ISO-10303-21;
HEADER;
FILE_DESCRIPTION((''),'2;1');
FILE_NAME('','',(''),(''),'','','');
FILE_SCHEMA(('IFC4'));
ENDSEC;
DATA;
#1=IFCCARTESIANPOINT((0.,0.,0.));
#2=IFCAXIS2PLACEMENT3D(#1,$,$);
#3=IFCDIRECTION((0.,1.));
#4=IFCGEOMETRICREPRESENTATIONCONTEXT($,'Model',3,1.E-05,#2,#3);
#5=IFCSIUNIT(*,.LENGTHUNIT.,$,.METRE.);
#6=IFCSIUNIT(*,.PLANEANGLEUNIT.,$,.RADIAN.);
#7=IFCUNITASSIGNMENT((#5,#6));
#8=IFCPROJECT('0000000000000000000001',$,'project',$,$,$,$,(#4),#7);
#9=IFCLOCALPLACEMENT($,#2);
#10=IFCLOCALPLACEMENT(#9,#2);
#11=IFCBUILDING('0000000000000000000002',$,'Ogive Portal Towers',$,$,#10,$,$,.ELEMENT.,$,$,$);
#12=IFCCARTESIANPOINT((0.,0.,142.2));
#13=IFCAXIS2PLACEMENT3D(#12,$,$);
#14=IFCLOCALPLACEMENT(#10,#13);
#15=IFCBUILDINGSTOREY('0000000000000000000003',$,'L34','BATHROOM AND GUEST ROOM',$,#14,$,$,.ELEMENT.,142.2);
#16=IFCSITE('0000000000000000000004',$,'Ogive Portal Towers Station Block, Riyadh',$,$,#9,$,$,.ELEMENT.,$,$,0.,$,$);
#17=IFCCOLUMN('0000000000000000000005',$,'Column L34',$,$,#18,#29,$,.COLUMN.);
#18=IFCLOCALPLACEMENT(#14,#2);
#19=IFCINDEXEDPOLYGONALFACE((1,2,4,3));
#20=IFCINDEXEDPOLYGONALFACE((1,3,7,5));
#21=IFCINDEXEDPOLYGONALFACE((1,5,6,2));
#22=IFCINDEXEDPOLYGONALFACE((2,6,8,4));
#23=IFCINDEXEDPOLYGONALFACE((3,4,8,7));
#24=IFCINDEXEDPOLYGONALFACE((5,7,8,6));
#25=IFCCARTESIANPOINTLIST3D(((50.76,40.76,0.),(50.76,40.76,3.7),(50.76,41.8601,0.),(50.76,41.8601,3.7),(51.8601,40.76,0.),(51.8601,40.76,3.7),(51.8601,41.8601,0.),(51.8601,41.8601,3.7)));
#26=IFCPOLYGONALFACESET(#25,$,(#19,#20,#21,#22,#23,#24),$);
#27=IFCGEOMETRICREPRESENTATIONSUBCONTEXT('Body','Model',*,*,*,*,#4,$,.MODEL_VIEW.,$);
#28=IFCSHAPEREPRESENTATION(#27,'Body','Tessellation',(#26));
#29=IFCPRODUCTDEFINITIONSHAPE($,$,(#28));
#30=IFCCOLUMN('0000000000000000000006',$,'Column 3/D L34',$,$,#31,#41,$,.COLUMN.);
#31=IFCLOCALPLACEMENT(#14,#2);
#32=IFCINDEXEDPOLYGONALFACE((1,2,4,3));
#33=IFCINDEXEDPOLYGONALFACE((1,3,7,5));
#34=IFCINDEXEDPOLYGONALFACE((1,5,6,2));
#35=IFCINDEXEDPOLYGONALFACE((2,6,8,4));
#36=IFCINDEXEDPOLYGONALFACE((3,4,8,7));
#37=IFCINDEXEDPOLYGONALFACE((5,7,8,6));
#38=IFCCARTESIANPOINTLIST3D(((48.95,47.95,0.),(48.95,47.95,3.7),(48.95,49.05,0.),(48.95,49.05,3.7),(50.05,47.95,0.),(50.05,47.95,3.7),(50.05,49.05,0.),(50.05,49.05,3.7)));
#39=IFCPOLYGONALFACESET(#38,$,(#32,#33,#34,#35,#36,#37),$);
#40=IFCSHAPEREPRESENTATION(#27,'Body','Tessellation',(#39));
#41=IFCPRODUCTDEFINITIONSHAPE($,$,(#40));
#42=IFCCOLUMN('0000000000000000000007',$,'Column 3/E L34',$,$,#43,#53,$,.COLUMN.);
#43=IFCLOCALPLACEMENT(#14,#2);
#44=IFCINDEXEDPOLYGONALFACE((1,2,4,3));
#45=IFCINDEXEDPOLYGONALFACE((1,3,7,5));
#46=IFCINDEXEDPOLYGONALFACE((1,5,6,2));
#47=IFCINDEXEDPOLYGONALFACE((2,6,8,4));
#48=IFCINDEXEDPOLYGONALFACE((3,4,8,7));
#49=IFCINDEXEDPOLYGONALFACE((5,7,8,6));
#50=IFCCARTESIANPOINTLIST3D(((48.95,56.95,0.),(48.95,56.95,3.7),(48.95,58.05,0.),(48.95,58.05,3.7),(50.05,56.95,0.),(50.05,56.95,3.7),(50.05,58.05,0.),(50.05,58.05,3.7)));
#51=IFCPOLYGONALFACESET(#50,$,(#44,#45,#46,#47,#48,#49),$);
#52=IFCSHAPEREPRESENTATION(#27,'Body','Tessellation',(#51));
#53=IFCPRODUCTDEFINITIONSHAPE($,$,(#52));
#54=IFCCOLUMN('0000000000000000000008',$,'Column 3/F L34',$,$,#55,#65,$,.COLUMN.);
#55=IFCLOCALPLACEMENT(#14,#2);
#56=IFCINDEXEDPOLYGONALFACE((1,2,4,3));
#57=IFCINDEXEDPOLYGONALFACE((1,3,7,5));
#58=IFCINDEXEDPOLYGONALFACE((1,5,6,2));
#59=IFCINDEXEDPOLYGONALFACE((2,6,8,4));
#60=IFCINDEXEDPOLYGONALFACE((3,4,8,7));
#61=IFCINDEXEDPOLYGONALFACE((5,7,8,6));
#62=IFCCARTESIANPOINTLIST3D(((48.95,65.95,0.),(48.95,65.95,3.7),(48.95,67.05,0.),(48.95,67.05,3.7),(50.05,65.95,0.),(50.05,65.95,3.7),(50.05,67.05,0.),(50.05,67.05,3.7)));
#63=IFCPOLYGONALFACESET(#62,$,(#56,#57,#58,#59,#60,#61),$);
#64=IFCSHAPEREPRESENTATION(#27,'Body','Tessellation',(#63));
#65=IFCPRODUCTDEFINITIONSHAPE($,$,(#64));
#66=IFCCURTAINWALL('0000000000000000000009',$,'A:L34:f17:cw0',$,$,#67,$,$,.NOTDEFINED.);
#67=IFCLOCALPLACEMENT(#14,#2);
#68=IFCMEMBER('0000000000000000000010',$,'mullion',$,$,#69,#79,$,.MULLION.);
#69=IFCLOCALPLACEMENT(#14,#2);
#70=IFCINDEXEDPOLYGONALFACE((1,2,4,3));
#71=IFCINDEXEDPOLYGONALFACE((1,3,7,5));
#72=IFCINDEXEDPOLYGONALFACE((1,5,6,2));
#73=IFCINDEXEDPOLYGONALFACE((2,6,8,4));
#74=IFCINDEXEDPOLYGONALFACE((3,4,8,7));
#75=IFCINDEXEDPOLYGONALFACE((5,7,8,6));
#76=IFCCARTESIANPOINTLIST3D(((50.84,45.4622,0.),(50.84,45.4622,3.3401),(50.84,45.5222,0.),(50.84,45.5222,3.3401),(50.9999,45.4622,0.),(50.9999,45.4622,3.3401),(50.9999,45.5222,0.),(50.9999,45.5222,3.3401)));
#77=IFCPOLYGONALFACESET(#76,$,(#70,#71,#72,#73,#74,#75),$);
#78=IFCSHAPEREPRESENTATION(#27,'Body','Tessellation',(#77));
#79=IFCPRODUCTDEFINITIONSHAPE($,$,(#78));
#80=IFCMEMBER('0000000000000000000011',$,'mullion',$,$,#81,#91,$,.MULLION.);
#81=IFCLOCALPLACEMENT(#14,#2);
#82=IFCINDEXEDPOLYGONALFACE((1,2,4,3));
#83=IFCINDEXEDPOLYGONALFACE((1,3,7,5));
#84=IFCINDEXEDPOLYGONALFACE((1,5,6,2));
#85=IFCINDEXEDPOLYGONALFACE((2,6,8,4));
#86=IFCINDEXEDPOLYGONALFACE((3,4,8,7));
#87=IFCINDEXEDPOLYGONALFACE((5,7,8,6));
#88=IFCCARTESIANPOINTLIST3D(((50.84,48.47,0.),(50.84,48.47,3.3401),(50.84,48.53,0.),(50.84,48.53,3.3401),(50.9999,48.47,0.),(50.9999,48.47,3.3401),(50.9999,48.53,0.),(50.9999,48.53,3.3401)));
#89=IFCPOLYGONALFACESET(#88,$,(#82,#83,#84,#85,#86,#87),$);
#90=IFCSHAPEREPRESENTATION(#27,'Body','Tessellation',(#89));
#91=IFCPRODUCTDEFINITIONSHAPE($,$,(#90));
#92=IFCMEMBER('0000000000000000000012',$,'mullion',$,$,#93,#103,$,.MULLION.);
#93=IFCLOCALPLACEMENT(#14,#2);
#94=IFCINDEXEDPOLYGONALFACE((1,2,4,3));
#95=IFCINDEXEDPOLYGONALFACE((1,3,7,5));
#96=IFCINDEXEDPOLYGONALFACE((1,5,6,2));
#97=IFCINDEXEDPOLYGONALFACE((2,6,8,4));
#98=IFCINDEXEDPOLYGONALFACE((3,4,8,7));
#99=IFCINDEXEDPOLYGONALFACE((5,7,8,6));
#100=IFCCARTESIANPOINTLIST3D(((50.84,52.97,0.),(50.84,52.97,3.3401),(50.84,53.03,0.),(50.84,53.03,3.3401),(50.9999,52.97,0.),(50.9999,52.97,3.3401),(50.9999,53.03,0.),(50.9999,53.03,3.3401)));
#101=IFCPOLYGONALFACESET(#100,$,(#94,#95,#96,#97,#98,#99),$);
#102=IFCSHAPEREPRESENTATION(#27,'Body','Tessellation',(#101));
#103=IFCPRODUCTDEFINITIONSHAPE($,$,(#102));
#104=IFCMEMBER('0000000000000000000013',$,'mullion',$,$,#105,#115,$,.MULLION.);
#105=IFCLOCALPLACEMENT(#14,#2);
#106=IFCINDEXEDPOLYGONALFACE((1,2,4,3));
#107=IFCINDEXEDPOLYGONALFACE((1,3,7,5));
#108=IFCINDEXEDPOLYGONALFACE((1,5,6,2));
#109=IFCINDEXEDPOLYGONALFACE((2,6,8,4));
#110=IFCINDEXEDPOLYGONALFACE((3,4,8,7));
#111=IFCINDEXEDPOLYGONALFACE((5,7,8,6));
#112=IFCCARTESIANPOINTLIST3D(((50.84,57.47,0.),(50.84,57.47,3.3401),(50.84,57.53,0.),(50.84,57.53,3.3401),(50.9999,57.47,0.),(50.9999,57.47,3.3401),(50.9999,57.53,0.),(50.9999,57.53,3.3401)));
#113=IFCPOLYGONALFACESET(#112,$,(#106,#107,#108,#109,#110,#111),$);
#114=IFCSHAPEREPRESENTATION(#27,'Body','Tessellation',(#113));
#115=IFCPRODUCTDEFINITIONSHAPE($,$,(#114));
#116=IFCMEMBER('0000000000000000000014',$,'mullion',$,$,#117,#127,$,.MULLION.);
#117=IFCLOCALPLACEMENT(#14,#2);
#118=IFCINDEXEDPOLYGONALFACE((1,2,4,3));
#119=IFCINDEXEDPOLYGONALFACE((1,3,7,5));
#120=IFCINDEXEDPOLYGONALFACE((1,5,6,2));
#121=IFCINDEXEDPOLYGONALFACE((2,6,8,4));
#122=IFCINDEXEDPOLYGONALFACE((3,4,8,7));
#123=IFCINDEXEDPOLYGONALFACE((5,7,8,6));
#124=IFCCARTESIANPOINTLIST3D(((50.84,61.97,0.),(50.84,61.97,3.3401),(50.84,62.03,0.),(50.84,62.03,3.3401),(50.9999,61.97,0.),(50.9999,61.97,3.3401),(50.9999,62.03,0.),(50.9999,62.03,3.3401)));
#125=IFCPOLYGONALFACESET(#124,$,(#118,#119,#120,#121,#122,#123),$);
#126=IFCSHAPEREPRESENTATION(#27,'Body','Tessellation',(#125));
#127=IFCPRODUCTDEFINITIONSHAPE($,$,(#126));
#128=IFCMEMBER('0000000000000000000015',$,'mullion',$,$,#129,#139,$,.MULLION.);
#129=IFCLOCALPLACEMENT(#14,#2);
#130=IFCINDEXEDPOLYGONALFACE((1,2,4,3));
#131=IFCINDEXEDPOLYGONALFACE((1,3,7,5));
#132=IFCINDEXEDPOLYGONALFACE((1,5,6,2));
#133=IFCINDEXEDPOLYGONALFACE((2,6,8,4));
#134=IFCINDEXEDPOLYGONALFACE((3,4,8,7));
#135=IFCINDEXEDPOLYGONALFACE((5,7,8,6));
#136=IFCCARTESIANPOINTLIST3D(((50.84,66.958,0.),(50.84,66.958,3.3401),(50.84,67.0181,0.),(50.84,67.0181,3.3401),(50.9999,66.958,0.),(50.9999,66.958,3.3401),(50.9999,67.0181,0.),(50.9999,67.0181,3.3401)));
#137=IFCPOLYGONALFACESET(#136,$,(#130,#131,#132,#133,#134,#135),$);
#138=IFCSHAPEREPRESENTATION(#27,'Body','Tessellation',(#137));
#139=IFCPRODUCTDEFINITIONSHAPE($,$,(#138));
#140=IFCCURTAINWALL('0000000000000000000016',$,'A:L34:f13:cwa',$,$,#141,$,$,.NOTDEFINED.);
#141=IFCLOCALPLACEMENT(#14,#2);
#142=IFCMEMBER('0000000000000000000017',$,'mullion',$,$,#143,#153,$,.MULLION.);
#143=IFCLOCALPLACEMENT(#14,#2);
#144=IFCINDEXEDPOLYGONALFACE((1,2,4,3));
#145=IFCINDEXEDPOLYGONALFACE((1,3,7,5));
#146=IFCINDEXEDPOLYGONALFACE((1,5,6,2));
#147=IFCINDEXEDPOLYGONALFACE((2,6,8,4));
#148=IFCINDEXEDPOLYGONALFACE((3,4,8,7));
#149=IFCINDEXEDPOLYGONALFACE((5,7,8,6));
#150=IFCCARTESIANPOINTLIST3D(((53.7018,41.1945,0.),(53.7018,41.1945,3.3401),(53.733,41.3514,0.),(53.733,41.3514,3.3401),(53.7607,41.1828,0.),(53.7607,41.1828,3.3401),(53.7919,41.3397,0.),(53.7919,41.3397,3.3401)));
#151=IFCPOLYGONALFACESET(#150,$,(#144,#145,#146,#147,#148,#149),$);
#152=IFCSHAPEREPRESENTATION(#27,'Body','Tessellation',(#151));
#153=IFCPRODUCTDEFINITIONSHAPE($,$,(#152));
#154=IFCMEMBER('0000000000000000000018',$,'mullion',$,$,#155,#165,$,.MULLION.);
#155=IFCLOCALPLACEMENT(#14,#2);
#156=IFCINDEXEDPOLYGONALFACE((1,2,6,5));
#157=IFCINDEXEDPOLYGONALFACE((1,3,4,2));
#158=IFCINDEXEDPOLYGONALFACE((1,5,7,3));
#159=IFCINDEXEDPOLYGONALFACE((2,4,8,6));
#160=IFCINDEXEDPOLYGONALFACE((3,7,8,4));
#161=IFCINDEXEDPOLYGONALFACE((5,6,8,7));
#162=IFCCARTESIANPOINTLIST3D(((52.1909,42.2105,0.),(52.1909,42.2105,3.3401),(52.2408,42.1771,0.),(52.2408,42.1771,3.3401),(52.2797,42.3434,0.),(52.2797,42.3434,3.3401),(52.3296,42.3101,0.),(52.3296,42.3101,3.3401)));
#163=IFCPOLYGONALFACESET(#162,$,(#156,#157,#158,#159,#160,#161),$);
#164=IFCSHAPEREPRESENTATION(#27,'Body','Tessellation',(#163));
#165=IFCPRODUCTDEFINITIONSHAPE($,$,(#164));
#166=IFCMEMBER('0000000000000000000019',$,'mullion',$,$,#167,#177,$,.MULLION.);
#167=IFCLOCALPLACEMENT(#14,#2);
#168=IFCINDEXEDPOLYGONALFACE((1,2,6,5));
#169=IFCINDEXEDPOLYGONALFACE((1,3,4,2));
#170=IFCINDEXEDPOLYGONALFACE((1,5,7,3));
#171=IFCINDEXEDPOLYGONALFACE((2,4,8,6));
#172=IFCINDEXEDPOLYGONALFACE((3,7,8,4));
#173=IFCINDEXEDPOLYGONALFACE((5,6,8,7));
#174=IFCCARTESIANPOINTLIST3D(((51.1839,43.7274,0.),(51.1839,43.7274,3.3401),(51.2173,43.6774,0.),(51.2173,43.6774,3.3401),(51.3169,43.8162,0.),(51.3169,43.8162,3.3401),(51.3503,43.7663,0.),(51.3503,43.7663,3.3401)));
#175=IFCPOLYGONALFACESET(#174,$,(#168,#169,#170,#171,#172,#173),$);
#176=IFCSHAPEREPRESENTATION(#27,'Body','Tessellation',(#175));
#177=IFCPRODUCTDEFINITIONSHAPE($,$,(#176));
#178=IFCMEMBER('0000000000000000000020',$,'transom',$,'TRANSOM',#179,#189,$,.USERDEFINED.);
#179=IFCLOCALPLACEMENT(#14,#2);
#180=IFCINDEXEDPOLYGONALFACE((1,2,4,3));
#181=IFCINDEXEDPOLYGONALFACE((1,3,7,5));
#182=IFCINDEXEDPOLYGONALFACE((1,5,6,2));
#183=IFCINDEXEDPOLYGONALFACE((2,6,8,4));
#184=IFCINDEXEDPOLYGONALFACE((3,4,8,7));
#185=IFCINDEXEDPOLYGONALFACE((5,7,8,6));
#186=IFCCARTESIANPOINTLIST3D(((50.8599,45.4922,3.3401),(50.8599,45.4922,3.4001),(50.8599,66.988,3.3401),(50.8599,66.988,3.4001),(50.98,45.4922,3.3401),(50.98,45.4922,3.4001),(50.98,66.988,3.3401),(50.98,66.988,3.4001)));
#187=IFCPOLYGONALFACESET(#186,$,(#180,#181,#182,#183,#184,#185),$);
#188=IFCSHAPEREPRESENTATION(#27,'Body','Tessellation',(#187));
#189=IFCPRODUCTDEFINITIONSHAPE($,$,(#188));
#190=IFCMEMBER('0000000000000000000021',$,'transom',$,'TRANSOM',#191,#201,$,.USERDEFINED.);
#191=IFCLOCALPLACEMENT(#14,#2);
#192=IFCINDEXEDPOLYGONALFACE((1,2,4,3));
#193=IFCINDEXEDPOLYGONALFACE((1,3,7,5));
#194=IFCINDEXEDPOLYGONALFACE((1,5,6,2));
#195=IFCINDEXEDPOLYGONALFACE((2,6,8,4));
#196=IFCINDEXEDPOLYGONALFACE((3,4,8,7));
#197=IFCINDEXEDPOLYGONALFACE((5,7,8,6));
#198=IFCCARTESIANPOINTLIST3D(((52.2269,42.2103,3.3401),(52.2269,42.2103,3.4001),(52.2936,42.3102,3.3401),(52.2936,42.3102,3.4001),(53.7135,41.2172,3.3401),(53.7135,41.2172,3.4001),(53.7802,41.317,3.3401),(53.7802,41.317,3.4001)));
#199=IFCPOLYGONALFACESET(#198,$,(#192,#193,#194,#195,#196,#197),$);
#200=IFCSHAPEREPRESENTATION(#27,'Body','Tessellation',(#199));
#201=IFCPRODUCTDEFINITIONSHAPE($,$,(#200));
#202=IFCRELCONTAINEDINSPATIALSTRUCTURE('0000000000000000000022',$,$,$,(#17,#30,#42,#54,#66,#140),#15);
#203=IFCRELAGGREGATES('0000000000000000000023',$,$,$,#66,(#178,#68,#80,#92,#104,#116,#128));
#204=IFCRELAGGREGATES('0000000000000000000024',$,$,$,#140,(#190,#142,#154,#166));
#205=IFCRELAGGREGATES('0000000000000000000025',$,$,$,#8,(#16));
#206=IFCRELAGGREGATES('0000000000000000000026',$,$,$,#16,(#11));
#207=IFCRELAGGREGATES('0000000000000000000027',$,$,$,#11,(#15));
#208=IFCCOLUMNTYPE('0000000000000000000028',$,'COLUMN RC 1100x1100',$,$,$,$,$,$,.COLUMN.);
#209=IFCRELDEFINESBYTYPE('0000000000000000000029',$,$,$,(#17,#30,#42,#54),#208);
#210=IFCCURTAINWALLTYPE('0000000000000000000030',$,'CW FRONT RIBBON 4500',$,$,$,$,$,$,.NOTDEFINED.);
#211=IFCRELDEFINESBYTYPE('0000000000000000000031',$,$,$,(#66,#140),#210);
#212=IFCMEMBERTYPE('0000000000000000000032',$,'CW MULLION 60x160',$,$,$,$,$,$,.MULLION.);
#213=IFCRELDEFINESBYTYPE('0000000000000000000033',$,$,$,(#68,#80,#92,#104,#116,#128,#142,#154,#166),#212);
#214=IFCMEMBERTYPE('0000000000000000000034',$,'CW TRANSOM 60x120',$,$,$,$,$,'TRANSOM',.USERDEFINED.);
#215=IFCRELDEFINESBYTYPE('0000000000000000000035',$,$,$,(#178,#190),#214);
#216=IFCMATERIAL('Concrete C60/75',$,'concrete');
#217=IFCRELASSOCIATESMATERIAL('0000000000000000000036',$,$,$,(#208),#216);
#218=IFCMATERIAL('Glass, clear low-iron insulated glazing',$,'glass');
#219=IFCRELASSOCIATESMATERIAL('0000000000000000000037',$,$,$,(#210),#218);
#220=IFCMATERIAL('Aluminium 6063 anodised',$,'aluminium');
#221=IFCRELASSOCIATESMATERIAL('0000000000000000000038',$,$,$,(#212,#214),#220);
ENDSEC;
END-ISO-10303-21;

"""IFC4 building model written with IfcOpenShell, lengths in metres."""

from ifc_helpers import new_model, si_unit, direction, frame, origin, origin_2d, place, context, subcontext, project, spatial, rectangle, extrude, material, material_profile, profile_set, type_object, element, aggregate, save


model = new_model("IFC4")

# Units and contexts
model_context = context("Model", 3, precision=1e-05, world=origin(), true_north=direction((0.0, 1.0)))
body_context = subcontext(model_context, "Body", "Model", "MODEL_VIEW")
ifc_project = project(units=[si_unit("LENGTHUNIT", "METRE"), si_unit("PLANEANGLEUNIT", "RADIAN")], contexts=[model_context])

# Site, building, storey
site_placement = place(None, origin())
site = spatial("IfcSite", under=ifc_project, at=site_placement, Name="Ogive Portal Towers Station Block, Riyadh", CompositionType="ELEMENT", RefElevation=0.0)
building_placement = place(site_placement, origin())
building = spatial("IfcBuilding", under=site, at=building_placement, Name="Ogive Portal Towers", CompositionType="ELEMENT")
storey_placement = place(building_placement, frame((0.0, 0.0, 142.2)))
storey = spatial("IfcBuildingStorey", under=building, at=storey_placement, Name="L34", Description="BATHROOM AND GUEST ROOM", CompositionType="ELEMENT", Elevation=142.2)

# Columns
ifc_material_1 = material(Name="Concrete C60/75", Category="concrete")
ifc_material_profile_1 = material_profile(ifc_material_1, rectangle(XDim=1.1001, YDim=1.1001, at=origin_2d()), Name="RC 1100x1100")
ifc_profile_set_1 = profile_set([ifc_material_profile_1], Name="Concrete C60/75")
column_type = type_object("IfcColumnType", Name="COLUMN RC 1100x1100", PredefinedType="COLUMN", material=ifc_profile_set_1)
for number, where, z_axis, x_axis, name in (
    (1, (51.3101, 41.3101, 0.0), (0.0, 0.0, 1.0), (1.0, 0.0, 0.0), "Column L34"),
    (2, (49.5, 48.5, 0.0), (0.0, 0.0, 1.0), (1.0, 0.0, 0.0), "Column 3/D L34"),
    (3, (49.5, 57.5, 0.0), (0.0, 0.0, 1.0), (1.0, 0.0, 0.0), "Column 3/E L34"),
    (4, (49.5, 66.5, 0.0), (0.0, 0.0, 1.0), (1.0, 0.0, 0.0), "Column 3/F L34"),
):
    element("IfcColumn", number, at=place(storey_placement, frame(where, z_axis=z_axis, x_axis=x_axis)), inside=storey, type_object=column_type, Name=name, PredefinedType="COLUMN", context=body_context, shape_type="SweptSolid", body=[
        extrude(rectangle(XDim=1.1001, YDim=1.1001, at=origin_2d()), origin(), (0.0, 0.0, 1.0), 3.7),
    ])

# Curtain walls, members
ifc_material_2 = material(Name="Glass, clear low-iron insulated glazing", Category="glass")
curtain_wall_type = type_object("IfcCurtainWallType", Name="CW FRONT RIBBON 4500", PredefinedType="NOTDEFINED", material=ifc_material_2)
curtain_wall_1_placement = place(storey_placement, origin())
curtain_wall_1 = element("IfcCurtainWall", 5, at=curtain_wall_1_placement, inside=storey, type_object=curtain_wall_type, Name="A:L34:f17:cw0", PredefinedType="NOTDEFINED")
ifc_material_3 = material(Name="Aluminium 6063 anodised", Category="aluminium")
ifc_material_profile_2 = material_profile(ifc_material_3, rectangle(XDim=0.1599, YDim=0.0601, at=origin_2d()), Name="AL 60x160")
ifc_profile_set_2 = profile_set([ifc_material_profile_2], Name="Aluminium 6063 anodised")
member_type_1 = type_object("IfcMemberType", Name="CW MULLION 60x160", PredefinedType="MULLION", material=ifc_profile_set_2)
member_1_placement = place(storey_placement, frame((50.9199, 45.4922, 0.0), z_axis=(0.0, 0.0, 1.0), x_axis=(-1.0, 0.0, 0.0)))
member_1 = element("IfcMember", 6, at=member_1_placement, type_object=member_type_1, Name="mullion", PredefinedType="MULLION", context=body_context, shape_type="SweptSolid", body=[
    extrude(rectangle(XDim=0.1599, YDim=0.0601, at=origin_2d()), origin(), (0.0, 0.0, 1.0), 3.3401),
])
member_2_placement = place(storey_placement, frame((50.9199, 48.5, 0.0), z_axis=(0.0, 0.0, 1.0), x_axis=(-1.0, 0.0, 0.0)))
member_2 = element("IfcMember", 7, at=member_2_placement, type_object=member_type_1, Name="mullion", PredefinedType="MULLION", context=body_context, shape_type="SweptSolid", body=[
    extrude(rectangle(XDim=0.1599, YDim=0.0601, at=origin_2d()), origin(), (0.0, 0.0, 1.0), 3.3401),
])
member_3_placement = place(storey_placement, frame((50.9199, 53.0, 0.0), z_axis=(0.0, 0.0, 1.0), x_axis=(-1.0, 0.0, 0.0)))
member_3 = element("IfcMember", 8, at=member_3_placement, type_object=member_type_1, Name="mullion", PredefinedType="MULLION", context=body_context, shape_type="SweptSolid", body=[
    extrude(rectangle(XDim=0.1599, YDim=0.0601, at=origin_2d()), origin(), (0.0, 0.0, 1.0), 3.3401),
])
member_4_placement = place(storey_placement, frame((50.9199, 57.5, 0.0), z_axis=(0.0, 0.0, 1.0), x_axis=(-1.0, 0.0, 0.0)))
member_4 = element("IfcMember", 9, at=member_4_placement, type_object=member_type_1, Name="mullion", PredefinedType="MULLION", context=body_context, shape_type="SweptSolid", body=[
    extrude(rectangle(XDim=0.1599, YDim=0.0601, at=origin_2d()), origin(), (0.0, 0.0, 1.0), 3.3401),
])
member_5_placement = place(storey_placement, frame((50.9199, 62.0, 0.0), z_axis=(0.0, 0.0, 1.0), x_axis=(-1.0, 0.0, 0.0)))
member_5 = element("IfcMember", 10, at=member_5_placement, type_object=member_type_1, Name="mullion", PredefinedType="MULLION", context=body_context, shape_type="SweptSolid", body=[
    extrude(rectangle(XDim=0.1599, YDim=0.0601, at=origin_2d()), origin(), (0.0, 0.0, 1.0), 3.3401),
])
member_6_placement = place(storey_placement, frame((50.9199, 66.988, 0.0), z_axis=(0.0, 0.0, 1.0), x_axis=(-1.0, 0.0, 0.0)))
member_6 = element("IfcMember", 11, at=member_6_placement, type_object=member_type_1, Name="mullion", PredefinedType="MULLION", context=body_context, shape_type="SweptSolid", body=[
    extrude(rectangle(XDim=0.1599, YDim=0.0601, at=origin_2d()), origin(), (0.0, 0.0, 1.0), 3.3401),
])
curtain_wall_2_placement = place(storey_placement, origin())
curtain_wall_2 = element("IfcCurtainWall", 12, at=curtain_wall_2_placement, inside=storey, type_object=curtain_wall_type, Name="A:L34:f13:cwa", PredefinedType="NOTDEFINED")
member_7_placement = place(storey_placement, frame((53.7468, 41.2671, 0.0), z_axis=(0.0, 0.0, 1.0), x_axis=(-0.19509, -0.980785, 0.0)))
member_7 = element("IfcMember", 13, at=member_7_placement, type_object=member_type_1, Name="mullion", PredefinedType="MULLION", context=body_context, shape_type="SweptSolid", body=[
    extrude(rectangle(XDim=0.1599, YDim=0.0601, at=origin_2d()), origin(), (0.0, 0.0, 1.0), 3.3401),
])
member_8_placement = place(storey_placement, frame((52.2603, 42.2603, 0.0), z_axis=(0.0, 0.0, 1.0), x_axis=(-0.55557, -0.83147, 0.0)))
member_8 = element("IfcMember", 14, at=member_8_placement, type_object=member_type_1, Name="mullion", PredefinedType="MULLION", context=body_context, shape_type="SweptSolid", body=[
    extrude(rectangle(XDim=0.1599, YDim=0.0601, at=origin_2d()), origin(), (0.0, 0.0, 1.0), 3.3401),
])
member_9_placement = place(storey_placement, frame((51.2671, 43.7468, 0.0), z_axis=(0.0, 0.0, 1.0), x_axis=(-0.83147, -0.55557, 0.0)))
member_9 = element("IfcMember", 15, at=member_9_placement, type_object=member_type_1, Name="mullion", PredefinedType="MULLION", context=body_context, shape_type="SweptSolid", body=[
    extrude(rectangle(XDim=0.1599, YDim=0.0601, at=origin_2d()), origin(), (0.0, 0.0, 1.0), 3.3401),
])

# Members
ifc_material_profile_3 = material_profile(ifc_material_3, rectangle(XDim=0.1201, YDim=0.0601, at=origin_2d()), Name="AL 120x60")
ifc_profile_set_3 = profile_set([ifc_material_profile_3], Name="Aluminium 6063 anodised")
member_type_2 = type_object("IfcMemberType", Name="CW TRANSOM 60x120", ElementType="TRANSOM", PredefinedType="USERDEFINED", material=ifc_profile_set_3)
member_10_placement = place(storey_placement, frame((50.9199, 45.4922, 3.3701), z_axis=(0.0, 1.0, 0.0), x_axis=(-1.0, 0.0, 0.0)))
member_10 = element("IfcMember", 16, at=member_10_placement, type_object=member_type_2, Name="transom", ObjectType="TRANSOM", PredefinedType="USERDEFINED", context=body_context, shape_type="SweptSolid", body=[
    extrude(rectangle(XDim=0.1201, YDim=0.0601, at=origin_2d()), origin(), (0.0, 0.0, 1.0), 21.4958),
])
member_11_placement = place(storey_placement, frame((53.7468, 41.2671, 3.3701), z_axis=(-0.831504, 0.555519, 0.0), x_axis=(-0.555519, -0.831504, 0.0)))
member_11 = element("IfcMember", 17, at=member_11_placement, type_object=member_type_2, Name="transom", ObjectType="TRANSOM", PredefinedType="USERDEFINED", context=body_context, shape_type="SweptSolid", body=[
    extrude(rectangle(XDim=0.1201, YDim=0.0601, at=origin_2d()), origin(), (0.0, 0.0, 1.0), 1.7878),
])

aggregate(curtain_wall_1, [member_10, member_1, member_2, member_3, member_4, member_5, member_6])
aggregate(curtain_wall_2, [member_11, member_7, member_8, member_9])

save(model, "model.ifc")
